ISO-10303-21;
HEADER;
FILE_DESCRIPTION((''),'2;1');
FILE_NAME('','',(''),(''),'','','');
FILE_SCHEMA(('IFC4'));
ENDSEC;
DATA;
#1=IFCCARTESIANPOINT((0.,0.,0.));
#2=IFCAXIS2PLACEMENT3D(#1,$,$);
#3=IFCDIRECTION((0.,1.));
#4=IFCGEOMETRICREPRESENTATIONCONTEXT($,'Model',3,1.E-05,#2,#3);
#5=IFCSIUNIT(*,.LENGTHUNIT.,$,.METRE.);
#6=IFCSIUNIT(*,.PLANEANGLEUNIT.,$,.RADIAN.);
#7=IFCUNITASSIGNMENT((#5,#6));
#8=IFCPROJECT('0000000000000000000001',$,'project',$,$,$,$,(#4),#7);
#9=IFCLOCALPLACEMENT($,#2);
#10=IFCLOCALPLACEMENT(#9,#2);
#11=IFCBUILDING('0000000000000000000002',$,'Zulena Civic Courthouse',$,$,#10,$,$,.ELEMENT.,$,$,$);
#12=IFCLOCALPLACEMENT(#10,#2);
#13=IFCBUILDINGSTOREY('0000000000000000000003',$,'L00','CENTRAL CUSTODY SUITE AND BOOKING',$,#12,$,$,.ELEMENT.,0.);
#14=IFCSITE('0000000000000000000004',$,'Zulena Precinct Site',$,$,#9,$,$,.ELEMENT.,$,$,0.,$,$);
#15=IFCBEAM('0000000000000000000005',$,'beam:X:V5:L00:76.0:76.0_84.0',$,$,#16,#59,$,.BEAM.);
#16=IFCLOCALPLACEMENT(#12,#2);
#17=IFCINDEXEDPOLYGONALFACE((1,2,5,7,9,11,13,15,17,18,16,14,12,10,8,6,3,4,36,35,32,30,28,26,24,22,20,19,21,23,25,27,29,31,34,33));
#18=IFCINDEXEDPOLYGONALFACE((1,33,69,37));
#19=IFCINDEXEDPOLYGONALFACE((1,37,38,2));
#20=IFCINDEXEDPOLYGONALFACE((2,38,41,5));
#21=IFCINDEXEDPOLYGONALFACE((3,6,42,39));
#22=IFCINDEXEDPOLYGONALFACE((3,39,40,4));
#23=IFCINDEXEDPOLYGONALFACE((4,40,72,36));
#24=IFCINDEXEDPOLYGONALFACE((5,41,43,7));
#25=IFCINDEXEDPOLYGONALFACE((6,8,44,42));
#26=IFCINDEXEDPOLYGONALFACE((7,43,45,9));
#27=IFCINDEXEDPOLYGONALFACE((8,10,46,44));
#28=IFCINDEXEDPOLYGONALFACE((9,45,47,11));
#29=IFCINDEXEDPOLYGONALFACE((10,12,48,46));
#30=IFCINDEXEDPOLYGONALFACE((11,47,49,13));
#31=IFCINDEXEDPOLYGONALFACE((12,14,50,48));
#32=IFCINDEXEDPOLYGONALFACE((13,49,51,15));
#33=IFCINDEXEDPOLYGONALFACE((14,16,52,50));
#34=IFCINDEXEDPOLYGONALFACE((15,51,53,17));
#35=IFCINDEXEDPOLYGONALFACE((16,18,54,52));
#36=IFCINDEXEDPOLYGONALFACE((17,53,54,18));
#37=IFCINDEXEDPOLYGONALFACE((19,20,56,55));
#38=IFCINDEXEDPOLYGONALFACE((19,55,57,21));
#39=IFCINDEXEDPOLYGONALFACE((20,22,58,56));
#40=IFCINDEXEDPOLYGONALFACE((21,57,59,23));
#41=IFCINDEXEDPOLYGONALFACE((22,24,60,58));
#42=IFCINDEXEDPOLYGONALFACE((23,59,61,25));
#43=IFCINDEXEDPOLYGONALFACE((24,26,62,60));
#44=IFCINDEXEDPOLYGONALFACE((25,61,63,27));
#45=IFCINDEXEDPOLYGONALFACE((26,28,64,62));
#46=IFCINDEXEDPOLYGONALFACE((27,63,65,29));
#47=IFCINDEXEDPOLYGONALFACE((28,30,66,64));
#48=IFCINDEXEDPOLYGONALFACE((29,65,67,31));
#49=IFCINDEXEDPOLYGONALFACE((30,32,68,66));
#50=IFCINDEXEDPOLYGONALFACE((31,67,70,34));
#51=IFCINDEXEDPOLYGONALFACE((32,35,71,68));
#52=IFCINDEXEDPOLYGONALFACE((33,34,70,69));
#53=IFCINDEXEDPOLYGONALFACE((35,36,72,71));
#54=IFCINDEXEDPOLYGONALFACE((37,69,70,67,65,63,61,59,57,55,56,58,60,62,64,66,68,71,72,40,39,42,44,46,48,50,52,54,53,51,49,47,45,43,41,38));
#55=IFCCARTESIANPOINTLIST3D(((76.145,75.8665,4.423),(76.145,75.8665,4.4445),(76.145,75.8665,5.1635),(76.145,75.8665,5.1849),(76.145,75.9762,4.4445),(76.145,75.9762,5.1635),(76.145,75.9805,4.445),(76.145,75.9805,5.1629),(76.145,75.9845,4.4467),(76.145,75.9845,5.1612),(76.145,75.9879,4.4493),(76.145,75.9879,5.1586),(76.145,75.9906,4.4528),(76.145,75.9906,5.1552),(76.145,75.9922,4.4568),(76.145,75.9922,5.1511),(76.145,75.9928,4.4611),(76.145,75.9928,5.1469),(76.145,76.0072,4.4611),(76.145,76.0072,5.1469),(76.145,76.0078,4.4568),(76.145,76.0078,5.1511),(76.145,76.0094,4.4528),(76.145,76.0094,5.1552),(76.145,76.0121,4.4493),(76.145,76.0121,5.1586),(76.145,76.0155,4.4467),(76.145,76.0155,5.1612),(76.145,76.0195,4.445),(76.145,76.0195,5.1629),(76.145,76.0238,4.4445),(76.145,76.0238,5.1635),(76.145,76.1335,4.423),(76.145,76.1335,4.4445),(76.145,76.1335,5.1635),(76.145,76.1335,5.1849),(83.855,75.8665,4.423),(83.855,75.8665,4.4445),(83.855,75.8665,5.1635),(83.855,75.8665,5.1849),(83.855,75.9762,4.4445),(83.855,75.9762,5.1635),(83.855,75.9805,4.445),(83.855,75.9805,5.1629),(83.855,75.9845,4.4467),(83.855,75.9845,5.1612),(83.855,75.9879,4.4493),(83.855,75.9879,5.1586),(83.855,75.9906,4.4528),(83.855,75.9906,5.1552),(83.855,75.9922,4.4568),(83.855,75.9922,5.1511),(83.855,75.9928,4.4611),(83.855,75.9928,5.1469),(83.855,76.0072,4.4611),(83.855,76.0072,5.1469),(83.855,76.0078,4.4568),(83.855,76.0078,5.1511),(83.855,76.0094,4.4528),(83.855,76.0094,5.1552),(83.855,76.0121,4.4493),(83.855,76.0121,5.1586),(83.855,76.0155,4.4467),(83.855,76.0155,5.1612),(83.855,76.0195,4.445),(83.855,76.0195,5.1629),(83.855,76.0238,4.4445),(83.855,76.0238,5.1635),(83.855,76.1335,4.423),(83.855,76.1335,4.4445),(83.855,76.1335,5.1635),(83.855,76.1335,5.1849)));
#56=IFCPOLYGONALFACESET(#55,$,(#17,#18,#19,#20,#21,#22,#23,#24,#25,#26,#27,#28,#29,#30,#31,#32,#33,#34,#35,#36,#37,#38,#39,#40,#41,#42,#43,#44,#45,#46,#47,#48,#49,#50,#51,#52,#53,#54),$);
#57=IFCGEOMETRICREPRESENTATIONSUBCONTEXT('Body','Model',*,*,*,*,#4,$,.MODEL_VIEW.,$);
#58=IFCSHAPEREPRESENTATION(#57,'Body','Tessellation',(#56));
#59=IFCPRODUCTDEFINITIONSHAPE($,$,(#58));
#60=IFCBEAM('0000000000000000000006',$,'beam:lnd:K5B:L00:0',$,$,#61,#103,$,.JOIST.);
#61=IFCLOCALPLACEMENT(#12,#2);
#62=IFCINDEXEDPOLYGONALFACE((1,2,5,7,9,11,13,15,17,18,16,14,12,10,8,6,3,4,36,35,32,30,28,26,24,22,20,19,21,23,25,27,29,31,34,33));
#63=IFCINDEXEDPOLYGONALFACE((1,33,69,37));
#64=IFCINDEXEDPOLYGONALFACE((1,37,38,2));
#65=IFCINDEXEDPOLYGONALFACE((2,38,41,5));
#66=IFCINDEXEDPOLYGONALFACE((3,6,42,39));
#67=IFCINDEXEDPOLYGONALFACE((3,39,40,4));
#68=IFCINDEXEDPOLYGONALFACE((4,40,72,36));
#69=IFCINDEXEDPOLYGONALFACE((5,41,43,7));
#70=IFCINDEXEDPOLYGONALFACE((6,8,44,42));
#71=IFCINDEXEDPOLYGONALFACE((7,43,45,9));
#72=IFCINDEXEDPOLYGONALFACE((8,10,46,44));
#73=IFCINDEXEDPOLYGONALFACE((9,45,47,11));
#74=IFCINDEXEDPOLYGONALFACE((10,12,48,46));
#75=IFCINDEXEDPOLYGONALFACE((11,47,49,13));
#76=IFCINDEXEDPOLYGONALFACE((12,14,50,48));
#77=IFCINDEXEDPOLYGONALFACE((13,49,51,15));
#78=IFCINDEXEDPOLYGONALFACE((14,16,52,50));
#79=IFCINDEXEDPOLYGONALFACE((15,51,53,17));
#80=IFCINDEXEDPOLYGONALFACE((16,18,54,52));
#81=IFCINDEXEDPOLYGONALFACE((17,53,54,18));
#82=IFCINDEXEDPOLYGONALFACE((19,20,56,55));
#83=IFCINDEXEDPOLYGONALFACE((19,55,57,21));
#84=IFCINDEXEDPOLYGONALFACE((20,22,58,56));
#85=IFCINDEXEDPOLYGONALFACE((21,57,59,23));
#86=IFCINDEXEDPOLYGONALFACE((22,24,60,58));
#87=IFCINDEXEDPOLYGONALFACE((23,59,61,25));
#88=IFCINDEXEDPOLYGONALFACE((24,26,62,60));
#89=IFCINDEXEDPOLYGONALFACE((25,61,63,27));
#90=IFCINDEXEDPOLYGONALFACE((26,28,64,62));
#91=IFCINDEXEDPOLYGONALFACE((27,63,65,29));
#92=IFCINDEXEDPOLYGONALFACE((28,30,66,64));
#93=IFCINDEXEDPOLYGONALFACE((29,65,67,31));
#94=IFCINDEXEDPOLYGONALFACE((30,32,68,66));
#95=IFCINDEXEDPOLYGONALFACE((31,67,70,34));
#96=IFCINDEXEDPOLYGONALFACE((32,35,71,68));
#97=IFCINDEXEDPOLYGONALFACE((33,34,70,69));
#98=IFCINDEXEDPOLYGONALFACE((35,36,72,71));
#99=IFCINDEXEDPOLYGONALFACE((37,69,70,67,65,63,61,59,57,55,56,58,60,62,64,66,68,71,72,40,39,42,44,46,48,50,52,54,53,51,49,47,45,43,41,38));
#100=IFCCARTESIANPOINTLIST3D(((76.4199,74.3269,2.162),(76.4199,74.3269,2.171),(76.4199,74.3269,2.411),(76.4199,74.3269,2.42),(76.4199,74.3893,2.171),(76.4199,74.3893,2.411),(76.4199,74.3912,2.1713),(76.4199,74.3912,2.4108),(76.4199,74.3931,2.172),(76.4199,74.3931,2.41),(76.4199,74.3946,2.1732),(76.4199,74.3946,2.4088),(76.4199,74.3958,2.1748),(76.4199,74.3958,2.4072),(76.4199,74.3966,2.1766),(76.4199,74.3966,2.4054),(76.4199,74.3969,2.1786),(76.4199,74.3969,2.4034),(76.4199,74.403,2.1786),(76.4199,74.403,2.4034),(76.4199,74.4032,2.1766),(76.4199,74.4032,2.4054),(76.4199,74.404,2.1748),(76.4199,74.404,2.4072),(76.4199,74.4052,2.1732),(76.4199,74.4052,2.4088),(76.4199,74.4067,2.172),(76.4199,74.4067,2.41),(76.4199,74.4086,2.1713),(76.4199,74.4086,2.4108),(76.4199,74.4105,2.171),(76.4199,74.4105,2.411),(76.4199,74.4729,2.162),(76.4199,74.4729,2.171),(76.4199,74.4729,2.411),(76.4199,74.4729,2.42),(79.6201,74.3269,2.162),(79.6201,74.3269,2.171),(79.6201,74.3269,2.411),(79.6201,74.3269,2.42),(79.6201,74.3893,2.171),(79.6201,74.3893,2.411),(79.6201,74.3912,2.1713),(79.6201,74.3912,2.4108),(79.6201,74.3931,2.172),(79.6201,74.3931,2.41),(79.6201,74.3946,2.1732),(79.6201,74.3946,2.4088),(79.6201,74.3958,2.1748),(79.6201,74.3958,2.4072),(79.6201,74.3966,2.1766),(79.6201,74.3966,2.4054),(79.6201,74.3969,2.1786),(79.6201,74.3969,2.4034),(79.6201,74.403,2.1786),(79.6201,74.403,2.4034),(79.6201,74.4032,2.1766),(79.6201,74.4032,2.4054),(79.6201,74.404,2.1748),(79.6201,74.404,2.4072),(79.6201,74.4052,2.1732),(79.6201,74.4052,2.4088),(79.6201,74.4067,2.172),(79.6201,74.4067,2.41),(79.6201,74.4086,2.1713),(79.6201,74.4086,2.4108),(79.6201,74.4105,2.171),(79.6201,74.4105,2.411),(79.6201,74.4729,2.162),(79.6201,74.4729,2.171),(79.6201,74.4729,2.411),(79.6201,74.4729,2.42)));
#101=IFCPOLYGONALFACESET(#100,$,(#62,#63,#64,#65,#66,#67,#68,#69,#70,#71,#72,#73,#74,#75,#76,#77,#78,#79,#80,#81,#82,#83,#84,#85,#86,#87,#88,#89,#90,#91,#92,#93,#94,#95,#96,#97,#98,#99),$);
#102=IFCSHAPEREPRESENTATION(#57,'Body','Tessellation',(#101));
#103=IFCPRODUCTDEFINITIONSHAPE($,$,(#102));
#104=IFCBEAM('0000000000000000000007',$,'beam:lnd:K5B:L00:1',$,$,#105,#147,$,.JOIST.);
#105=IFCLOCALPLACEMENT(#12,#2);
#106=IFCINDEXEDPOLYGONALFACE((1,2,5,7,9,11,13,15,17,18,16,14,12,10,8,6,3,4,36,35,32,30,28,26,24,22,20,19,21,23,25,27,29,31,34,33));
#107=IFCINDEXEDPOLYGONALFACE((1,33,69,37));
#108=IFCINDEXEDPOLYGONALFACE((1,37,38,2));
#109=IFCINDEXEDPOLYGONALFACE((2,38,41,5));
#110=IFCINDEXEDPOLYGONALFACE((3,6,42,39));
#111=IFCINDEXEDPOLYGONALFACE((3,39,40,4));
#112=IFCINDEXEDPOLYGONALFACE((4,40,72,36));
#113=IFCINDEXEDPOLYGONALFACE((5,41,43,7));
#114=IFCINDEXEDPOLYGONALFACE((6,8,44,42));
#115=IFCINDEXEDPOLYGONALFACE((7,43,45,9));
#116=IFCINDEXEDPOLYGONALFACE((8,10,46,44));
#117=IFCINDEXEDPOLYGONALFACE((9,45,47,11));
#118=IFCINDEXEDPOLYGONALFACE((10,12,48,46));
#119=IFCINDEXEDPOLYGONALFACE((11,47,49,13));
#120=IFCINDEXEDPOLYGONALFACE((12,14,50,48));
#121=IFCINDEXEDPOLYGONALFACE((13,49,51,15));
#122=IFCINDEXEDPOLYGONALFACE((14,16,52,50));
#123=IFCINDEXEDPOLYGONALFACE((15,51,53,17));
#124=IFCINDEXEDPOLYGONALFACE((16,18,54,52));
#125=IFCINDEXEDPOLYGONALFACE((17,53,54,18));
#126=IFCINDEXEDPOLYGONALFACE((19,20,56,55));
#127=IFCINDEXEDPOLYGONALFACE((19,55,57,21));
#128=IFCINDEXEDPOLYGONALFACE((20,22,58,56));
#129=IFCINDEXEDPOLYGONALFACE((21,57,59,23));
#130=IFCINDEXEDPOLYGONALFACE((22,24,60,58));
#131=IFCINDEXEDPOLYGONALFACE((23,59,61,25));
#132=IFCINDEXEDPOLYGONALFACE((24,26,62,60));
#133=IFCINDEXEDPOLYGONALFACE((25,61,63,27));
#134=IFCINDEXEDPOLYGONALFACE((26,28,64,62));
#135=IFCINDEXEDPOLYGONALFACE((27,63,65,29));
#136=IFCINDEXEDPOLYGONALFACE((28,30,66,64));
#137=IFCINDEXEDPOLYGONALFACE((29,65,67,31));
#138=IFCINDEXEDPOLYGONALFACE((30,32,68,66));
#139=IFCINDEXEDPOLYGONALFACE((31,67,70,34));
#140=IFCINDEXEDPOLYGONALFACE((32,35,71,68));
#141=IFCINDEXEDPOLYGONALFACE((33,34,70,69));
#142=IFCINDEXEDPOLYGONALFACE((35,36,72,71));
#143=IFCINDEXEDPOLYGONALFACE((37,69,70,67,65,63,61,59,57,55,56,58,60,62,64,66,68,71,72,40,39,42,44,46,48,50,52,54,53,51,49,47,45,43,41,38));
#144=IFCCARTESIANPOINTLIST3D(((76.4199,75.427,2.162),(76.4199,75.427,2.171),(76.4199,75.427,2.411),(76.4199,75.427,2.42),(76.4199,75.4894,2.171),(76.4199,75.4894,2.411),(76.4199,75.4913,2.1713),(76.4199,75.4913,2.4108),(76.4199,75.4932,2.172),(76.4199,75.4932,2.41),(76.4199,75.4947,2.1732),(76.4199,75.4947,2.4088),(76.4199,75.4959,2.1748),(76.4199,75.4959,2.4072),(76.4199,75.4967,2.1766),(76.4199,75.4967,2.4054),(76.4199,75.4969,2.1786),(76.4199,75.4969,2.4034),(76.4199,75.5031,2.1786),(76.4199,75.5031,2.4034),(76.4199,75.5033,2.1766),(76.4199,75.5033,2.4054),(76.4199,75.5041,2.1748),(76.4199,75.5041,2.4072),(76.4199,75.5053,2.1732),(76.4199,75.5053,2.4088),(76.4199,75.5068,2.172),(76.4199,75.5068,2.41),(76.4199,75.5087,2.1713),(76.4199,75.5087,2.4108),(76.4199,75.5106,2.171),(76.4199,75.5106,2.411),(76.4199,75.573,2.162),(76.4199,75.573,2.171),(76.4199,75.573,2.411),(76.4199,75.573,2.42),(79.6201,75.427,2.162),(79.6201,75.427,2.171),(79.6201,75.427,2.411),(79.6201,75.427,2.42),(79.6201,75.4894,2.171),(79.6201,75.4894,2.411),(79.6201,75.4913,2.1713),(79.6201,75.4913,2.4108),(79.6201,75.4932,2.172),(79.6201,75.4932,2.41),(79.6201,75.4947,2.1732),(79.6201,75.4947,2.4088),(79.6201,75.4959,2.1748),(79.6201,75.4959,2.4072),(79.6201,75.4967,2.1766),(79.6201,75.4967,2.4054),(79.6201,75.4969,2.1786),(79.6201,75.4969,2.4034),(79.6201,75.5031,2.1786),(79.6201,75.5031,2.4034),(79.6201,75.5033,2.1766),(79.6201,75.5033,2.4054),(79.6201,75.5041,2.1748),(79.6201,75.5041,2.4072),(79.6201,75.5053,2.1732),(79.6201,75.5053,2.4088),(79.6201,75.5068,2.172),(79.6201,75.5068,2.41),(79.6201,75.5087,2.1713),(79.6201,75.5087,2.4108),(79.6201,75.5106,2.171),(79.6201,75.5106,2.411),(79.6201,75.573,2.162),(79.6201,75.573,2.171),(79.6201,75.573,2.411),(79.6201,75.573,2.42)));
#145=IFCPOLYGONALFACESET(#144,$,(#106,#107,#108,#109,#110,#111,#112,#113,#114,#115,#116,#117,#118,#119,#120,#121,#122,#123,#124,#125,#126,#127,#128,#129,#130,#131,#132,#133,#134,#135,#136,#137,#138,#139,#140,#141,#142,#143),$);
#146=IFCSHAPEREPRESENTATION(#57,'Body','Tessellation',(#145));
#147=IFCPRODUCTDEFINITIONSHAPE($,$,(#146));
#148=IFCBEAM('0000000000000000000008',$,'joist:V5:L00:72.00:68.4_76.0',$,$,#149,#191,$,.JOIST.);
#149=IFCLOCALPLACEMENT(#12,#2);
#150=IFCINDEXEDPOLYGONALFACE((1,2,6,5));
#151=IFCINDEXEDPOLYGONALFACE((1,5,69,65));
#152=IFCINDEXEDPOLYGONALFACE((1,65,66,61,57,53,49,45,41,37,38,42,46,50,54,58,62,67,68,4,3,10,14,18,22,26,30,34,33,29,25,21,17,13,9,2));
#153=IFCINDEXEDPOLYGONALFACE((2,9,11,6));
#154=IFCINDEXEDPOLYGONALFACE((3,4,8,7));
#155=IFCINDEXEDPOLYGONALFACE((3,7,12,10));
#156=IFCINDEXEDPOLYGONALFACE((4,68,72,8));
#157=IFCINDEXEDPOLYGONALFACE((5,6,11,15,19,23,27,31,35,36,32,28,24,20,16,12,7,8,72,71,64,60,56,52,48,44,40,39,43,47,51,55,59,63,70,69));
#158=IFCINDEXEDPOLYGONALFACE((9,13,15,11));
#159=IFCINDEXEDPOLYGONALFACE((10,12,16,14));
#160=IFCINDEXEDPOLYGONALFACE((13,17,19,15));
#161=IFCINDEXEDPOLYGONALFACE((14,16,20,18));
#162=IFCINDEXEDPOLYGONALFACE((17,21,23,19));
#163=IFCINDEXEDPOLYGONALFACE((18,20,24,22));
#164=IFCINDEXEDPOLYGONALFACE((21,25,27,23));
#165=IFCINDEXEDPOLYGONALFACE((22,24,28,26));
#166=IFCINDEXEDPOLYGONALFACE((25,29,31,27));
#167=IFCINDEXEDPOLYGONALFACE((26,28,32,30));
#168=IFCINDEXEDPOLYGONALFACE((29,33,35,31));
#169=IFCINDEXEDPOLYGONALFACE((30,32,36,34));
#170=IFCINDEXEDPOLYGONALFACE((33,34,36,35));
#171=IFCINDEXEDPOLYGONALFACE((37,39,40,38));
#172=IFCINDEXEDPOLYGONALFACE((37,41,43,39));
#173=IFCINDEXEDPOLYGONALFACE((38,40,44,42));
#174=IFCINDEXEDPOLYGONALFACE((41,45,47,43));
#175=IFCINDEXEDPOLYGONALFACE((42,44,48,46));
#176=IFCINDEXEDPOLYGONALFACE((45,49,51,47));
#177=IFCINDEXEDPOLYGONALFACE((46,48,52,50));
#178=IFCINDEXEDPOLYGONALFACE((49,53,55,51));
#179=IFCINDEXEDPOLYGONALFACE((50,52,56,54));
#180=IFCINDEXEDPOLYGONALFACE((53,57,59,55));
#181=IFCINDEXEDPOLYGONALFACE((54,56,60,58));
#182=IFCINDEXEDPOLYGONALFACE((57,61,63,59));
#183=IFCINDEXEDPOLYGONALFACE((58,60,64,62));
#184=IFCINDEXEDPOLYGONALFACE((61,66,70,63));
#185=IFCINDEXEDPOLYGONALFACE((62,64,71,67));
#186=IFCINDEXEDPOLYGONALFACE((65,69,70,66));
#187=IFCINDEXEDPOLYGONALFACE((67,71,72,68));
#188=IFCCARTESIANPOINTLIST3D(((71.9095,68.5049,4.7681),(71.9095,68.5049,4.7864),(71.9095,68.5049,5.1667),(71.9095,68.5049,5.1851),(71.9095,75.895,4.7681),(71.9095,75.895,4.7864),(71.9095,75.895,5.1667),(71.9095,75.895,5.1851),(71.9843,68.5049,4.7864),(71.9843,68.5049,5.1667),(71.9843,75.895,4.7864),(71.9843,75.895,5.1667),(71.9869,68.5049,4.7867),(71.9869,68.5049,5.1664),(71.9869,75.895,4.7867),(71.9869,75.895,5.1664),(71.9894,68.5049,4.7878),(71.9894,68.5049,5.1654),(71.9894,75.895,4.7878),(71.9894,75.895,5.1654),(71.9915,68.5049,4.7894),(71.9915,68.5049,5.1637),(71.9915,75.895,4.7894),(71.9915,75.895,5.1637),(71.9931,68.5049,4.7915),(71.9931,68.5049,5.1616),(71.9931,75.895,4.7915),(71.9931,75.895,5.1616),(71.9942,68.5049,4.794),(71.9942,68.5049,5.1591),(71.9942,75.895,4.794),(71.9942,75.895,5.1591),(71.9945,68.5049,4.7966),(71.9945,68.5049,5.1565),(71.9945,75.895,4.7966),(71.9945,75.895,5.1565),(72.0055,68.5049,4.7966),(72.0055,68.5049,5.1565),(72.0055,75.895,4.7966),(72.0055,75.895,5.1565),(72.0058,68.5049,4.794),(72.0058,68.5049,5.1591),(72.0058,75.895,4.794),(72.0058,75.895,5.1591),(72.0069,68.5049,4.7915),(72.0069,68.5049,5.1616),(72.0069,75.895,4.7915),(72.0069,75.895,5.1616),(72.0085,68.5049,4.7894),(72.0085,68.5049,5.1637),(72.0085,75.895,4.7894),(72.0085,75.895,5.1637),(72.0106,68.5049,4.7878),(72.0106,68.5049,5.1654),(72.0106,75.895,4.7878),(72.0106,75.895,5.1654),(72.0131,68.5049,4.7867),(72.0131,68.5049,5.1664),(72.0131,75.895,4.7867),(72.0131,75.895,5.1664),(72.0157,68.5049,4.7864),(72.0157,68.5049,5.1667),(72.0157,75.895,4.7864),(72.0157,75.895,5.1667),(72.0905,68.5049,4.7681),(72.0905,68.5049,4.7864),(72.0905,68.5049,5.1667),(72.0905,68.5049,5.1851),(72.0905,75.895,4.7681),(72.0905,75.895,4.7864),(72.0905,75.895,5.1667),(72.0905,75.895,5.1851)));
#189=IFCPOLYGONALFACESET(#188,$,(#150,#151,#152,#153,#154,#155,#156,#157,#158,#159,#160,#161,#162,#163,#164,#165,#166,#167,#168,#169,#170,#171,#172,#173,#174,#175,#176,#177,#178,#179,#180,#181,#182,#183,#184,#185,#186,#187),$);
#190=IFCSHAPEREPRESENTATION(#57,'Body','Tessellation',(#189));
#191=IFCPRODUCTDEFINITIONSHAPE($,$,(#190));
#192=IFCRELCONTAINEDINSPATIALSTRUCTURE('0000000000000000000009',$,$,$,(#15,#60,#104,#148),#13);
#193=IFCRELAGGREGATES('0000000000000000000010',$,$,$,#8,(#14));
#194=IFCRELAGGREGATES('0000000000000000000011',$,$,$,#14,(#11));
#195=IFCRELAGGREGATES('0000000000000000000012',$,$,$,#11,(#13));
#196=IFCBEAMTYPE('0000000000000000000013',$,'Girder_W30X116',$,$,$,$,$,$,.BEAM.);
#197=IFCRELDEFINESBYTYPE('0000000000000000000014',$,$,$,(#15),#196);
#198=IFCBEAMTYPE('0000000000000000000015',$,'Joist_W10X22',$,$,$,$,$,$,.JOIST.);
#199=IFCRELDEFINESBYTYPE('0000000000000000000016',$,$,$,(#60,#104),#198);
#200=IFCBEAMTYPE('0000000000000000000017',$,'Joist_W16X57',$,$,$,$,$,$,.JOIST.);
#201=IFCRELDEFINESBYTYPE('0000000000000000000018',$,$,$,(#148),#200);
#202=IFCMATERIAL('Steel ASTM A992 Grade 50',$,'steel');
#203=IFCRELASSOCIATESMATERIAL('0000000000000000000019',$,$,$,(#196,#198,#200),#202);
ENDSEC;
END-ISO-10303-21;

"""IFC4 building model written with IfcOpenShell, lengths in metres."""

from ifc_helpers import new_model, si_unit, direction, frame, origin, origin_2d, place, context, subcontext, project, spatial, i_section, extrude, material, material_profile, profile_set, type_object, element, save


model = new_model("IFC4")

# Units and contexts
model_context = context("Model", 3, precision=1e-05, world=origin(), true_north=direction((0.0, 1.0)))
body_context = subcontext(model_context, "Body", "Model", "MODEL_VIEW")
ifc_project = project(units=[si_unit("LENGTHUNIT", "METRE"), si_unit("PLANEANGLEUNIT", "RADIAN")], contexts=[model_context])

# Site, building, storey
site_placement = place(None, origin())
site = spatial("IfcSite", under=ifc_project, at=site_placement, Name="Zulena Precinct Site", CompositionType="ELEMENT", RefElevation=0.0)
building_placement = place(site_placement, origin())
building = spatial("IfcBuilding", under=site, at=building_placement, Name="Zulena Civic Courthouse", CompositionType="ELEMENT")
storey_placement = place(building_placement, origin())
storey = spatial("IfcBuildingStorey", under=building, at=storey_placement, Name="L00", Description="CENTRAL CUSTODY SUITE AND BOOKING", CompositionType="ELEMENT", Elevation=0.0)

# Shared definitions
ifc_material_1 = material(Name="Steel ASTM A992 Grade 50", Category="steel")

# Beams
ifc_material_profile_1 = material_profile(ifc_material_1, i_section(OverallWidth=0.2671, OverallDepth=0.762, WebThickness=0.0144, FlangeThickness=0.0215, FilletRadius=0.0166, at=origin_2d()), Name="W30X116")
ifc_profile_set_1 = profile_set([ifc_material_profile_1], Name="Steel ASTM A992 Grade 50")
beam_type_1 = type_object("IfcBeamType", Name="Girder_W30X116", PredefinedType="BEAM", material=ifc_profile_set_1)
beam_1_placement = place(storey_placement, frame((76.145, 76.0, 4.804), z_axis=(1.0, 0.0, 0.0), x_axis=(0.0, 1.0, 0.0)))
element("IfcBeam", 1, at=beam_1_placement, inside=storey, type_object=beam_type_1, Name="beam:X:V5:L00:76.0:76.0_84.0", PredefinedType="BEAM", context=body_context, shape_type="SweptSolid", body=[
    extrude(i_section(OverallWidth=0.2671, OverallDepth=0.762, WebThickness=0.0144, FlangeThickness=0.0215, FilletRadius=0.0166, at=origin_2d()), origin(), (0.0, 0.0, 1.0), 7.71),
])
ifc_material_profile_2 = material_profile(ifc_material_1, i_section(OverallWidth=0.146, OverallDepth=0.2581, WebThickness=0.0061, FlangeThickness=0.009, FilletRadius=0.0076, at=origin_2d()), Name="W10X22")
ifc_profile_set_2 = profile_set([ifc_material_profile_2], Name="Steel ASTM A992 Grade 50")
beam_type_2 = type_object("IfcBeamType", Name="Joist_W10X22", PredefinedType="JOIST", material=ifc_profile_set_2)
for number, where, z_axis, x_axis, name in (
    (2, (76.4199, 74.3999, 2.291), (1.0, 0.0, 0.0), (0.0, 1.0, 0.0), "beam:lnd:K5B:L00:0"),
    (3, (76.4199, 75.5, 2.291), (1.0, 0.0, 0.0), (0.0, 1.0, 0.0), "beam:lnd:K5B:L00:1"),
):
    element("IfcBeam", number, at=place(storey_placement, frame(where, z_axis=z_axis, x_axis=x_axis)), inside=storey, type_object=beam_type_2, Name=name, PredefinedType="JOIST", context=body_context, shape_type="SweptSolid", body=[
        extrude(i_section(OverallWidth=0.146, OverallDepth=0.2581, WebThickness=0.0061, FlangeThickness=0.009, FilletRadius=0.0076, at=origin_2d()), origin(), (0.0, 0.0, 1.0), 3.2002),
    ])
ifc_material_profile_3 = material_profile(ifc_material_1, i_section(OverallWidth=0.1809, OverallDepth=0.417, WebThickness=0.011, FlangeThickness=0.0183, FilletRadius=0.0103, at=origin_2d()), Name="W16X57")
ifc_profile_set_3 = profile_set([ifc_material_profile_3], Name="Steel ASTM A992 Grade 50")
beam_type_3 = type_object("IfcBeamType", Name="Joist_W16X57", PredefinedType="JOIST", material=ifc_profile_set_3)
for number, where, z_axis, x_axis, name in (
    (4, (72.0, 68.5049, 4.9766), (0.0, 1.0, 0.0), (-1.0, 0.0, 0.0), "joist:V5:L00:72.00:68.4_76.0"),
):
    element("IfcBeam", number, at=place(storey_placement, frame(where, z_axis=z_axis, x_axis=x_axis)), inside=storey, type_object=beam_type_3, Name=name, PredefinedType="JOIST", context=body_context, shape_type="SweptSolid", body=[
        extrude(i_section(OverallWidth=0.1809, OverallDepth=0.417, WebThickness=0.011, FlangeThickness=0.0183, FilletRadius=0.0103, at=origin_2d()), origin(), (0.0, 0.0, 1.0), 7.3901),
    ])

save(model, "model.ifc")
